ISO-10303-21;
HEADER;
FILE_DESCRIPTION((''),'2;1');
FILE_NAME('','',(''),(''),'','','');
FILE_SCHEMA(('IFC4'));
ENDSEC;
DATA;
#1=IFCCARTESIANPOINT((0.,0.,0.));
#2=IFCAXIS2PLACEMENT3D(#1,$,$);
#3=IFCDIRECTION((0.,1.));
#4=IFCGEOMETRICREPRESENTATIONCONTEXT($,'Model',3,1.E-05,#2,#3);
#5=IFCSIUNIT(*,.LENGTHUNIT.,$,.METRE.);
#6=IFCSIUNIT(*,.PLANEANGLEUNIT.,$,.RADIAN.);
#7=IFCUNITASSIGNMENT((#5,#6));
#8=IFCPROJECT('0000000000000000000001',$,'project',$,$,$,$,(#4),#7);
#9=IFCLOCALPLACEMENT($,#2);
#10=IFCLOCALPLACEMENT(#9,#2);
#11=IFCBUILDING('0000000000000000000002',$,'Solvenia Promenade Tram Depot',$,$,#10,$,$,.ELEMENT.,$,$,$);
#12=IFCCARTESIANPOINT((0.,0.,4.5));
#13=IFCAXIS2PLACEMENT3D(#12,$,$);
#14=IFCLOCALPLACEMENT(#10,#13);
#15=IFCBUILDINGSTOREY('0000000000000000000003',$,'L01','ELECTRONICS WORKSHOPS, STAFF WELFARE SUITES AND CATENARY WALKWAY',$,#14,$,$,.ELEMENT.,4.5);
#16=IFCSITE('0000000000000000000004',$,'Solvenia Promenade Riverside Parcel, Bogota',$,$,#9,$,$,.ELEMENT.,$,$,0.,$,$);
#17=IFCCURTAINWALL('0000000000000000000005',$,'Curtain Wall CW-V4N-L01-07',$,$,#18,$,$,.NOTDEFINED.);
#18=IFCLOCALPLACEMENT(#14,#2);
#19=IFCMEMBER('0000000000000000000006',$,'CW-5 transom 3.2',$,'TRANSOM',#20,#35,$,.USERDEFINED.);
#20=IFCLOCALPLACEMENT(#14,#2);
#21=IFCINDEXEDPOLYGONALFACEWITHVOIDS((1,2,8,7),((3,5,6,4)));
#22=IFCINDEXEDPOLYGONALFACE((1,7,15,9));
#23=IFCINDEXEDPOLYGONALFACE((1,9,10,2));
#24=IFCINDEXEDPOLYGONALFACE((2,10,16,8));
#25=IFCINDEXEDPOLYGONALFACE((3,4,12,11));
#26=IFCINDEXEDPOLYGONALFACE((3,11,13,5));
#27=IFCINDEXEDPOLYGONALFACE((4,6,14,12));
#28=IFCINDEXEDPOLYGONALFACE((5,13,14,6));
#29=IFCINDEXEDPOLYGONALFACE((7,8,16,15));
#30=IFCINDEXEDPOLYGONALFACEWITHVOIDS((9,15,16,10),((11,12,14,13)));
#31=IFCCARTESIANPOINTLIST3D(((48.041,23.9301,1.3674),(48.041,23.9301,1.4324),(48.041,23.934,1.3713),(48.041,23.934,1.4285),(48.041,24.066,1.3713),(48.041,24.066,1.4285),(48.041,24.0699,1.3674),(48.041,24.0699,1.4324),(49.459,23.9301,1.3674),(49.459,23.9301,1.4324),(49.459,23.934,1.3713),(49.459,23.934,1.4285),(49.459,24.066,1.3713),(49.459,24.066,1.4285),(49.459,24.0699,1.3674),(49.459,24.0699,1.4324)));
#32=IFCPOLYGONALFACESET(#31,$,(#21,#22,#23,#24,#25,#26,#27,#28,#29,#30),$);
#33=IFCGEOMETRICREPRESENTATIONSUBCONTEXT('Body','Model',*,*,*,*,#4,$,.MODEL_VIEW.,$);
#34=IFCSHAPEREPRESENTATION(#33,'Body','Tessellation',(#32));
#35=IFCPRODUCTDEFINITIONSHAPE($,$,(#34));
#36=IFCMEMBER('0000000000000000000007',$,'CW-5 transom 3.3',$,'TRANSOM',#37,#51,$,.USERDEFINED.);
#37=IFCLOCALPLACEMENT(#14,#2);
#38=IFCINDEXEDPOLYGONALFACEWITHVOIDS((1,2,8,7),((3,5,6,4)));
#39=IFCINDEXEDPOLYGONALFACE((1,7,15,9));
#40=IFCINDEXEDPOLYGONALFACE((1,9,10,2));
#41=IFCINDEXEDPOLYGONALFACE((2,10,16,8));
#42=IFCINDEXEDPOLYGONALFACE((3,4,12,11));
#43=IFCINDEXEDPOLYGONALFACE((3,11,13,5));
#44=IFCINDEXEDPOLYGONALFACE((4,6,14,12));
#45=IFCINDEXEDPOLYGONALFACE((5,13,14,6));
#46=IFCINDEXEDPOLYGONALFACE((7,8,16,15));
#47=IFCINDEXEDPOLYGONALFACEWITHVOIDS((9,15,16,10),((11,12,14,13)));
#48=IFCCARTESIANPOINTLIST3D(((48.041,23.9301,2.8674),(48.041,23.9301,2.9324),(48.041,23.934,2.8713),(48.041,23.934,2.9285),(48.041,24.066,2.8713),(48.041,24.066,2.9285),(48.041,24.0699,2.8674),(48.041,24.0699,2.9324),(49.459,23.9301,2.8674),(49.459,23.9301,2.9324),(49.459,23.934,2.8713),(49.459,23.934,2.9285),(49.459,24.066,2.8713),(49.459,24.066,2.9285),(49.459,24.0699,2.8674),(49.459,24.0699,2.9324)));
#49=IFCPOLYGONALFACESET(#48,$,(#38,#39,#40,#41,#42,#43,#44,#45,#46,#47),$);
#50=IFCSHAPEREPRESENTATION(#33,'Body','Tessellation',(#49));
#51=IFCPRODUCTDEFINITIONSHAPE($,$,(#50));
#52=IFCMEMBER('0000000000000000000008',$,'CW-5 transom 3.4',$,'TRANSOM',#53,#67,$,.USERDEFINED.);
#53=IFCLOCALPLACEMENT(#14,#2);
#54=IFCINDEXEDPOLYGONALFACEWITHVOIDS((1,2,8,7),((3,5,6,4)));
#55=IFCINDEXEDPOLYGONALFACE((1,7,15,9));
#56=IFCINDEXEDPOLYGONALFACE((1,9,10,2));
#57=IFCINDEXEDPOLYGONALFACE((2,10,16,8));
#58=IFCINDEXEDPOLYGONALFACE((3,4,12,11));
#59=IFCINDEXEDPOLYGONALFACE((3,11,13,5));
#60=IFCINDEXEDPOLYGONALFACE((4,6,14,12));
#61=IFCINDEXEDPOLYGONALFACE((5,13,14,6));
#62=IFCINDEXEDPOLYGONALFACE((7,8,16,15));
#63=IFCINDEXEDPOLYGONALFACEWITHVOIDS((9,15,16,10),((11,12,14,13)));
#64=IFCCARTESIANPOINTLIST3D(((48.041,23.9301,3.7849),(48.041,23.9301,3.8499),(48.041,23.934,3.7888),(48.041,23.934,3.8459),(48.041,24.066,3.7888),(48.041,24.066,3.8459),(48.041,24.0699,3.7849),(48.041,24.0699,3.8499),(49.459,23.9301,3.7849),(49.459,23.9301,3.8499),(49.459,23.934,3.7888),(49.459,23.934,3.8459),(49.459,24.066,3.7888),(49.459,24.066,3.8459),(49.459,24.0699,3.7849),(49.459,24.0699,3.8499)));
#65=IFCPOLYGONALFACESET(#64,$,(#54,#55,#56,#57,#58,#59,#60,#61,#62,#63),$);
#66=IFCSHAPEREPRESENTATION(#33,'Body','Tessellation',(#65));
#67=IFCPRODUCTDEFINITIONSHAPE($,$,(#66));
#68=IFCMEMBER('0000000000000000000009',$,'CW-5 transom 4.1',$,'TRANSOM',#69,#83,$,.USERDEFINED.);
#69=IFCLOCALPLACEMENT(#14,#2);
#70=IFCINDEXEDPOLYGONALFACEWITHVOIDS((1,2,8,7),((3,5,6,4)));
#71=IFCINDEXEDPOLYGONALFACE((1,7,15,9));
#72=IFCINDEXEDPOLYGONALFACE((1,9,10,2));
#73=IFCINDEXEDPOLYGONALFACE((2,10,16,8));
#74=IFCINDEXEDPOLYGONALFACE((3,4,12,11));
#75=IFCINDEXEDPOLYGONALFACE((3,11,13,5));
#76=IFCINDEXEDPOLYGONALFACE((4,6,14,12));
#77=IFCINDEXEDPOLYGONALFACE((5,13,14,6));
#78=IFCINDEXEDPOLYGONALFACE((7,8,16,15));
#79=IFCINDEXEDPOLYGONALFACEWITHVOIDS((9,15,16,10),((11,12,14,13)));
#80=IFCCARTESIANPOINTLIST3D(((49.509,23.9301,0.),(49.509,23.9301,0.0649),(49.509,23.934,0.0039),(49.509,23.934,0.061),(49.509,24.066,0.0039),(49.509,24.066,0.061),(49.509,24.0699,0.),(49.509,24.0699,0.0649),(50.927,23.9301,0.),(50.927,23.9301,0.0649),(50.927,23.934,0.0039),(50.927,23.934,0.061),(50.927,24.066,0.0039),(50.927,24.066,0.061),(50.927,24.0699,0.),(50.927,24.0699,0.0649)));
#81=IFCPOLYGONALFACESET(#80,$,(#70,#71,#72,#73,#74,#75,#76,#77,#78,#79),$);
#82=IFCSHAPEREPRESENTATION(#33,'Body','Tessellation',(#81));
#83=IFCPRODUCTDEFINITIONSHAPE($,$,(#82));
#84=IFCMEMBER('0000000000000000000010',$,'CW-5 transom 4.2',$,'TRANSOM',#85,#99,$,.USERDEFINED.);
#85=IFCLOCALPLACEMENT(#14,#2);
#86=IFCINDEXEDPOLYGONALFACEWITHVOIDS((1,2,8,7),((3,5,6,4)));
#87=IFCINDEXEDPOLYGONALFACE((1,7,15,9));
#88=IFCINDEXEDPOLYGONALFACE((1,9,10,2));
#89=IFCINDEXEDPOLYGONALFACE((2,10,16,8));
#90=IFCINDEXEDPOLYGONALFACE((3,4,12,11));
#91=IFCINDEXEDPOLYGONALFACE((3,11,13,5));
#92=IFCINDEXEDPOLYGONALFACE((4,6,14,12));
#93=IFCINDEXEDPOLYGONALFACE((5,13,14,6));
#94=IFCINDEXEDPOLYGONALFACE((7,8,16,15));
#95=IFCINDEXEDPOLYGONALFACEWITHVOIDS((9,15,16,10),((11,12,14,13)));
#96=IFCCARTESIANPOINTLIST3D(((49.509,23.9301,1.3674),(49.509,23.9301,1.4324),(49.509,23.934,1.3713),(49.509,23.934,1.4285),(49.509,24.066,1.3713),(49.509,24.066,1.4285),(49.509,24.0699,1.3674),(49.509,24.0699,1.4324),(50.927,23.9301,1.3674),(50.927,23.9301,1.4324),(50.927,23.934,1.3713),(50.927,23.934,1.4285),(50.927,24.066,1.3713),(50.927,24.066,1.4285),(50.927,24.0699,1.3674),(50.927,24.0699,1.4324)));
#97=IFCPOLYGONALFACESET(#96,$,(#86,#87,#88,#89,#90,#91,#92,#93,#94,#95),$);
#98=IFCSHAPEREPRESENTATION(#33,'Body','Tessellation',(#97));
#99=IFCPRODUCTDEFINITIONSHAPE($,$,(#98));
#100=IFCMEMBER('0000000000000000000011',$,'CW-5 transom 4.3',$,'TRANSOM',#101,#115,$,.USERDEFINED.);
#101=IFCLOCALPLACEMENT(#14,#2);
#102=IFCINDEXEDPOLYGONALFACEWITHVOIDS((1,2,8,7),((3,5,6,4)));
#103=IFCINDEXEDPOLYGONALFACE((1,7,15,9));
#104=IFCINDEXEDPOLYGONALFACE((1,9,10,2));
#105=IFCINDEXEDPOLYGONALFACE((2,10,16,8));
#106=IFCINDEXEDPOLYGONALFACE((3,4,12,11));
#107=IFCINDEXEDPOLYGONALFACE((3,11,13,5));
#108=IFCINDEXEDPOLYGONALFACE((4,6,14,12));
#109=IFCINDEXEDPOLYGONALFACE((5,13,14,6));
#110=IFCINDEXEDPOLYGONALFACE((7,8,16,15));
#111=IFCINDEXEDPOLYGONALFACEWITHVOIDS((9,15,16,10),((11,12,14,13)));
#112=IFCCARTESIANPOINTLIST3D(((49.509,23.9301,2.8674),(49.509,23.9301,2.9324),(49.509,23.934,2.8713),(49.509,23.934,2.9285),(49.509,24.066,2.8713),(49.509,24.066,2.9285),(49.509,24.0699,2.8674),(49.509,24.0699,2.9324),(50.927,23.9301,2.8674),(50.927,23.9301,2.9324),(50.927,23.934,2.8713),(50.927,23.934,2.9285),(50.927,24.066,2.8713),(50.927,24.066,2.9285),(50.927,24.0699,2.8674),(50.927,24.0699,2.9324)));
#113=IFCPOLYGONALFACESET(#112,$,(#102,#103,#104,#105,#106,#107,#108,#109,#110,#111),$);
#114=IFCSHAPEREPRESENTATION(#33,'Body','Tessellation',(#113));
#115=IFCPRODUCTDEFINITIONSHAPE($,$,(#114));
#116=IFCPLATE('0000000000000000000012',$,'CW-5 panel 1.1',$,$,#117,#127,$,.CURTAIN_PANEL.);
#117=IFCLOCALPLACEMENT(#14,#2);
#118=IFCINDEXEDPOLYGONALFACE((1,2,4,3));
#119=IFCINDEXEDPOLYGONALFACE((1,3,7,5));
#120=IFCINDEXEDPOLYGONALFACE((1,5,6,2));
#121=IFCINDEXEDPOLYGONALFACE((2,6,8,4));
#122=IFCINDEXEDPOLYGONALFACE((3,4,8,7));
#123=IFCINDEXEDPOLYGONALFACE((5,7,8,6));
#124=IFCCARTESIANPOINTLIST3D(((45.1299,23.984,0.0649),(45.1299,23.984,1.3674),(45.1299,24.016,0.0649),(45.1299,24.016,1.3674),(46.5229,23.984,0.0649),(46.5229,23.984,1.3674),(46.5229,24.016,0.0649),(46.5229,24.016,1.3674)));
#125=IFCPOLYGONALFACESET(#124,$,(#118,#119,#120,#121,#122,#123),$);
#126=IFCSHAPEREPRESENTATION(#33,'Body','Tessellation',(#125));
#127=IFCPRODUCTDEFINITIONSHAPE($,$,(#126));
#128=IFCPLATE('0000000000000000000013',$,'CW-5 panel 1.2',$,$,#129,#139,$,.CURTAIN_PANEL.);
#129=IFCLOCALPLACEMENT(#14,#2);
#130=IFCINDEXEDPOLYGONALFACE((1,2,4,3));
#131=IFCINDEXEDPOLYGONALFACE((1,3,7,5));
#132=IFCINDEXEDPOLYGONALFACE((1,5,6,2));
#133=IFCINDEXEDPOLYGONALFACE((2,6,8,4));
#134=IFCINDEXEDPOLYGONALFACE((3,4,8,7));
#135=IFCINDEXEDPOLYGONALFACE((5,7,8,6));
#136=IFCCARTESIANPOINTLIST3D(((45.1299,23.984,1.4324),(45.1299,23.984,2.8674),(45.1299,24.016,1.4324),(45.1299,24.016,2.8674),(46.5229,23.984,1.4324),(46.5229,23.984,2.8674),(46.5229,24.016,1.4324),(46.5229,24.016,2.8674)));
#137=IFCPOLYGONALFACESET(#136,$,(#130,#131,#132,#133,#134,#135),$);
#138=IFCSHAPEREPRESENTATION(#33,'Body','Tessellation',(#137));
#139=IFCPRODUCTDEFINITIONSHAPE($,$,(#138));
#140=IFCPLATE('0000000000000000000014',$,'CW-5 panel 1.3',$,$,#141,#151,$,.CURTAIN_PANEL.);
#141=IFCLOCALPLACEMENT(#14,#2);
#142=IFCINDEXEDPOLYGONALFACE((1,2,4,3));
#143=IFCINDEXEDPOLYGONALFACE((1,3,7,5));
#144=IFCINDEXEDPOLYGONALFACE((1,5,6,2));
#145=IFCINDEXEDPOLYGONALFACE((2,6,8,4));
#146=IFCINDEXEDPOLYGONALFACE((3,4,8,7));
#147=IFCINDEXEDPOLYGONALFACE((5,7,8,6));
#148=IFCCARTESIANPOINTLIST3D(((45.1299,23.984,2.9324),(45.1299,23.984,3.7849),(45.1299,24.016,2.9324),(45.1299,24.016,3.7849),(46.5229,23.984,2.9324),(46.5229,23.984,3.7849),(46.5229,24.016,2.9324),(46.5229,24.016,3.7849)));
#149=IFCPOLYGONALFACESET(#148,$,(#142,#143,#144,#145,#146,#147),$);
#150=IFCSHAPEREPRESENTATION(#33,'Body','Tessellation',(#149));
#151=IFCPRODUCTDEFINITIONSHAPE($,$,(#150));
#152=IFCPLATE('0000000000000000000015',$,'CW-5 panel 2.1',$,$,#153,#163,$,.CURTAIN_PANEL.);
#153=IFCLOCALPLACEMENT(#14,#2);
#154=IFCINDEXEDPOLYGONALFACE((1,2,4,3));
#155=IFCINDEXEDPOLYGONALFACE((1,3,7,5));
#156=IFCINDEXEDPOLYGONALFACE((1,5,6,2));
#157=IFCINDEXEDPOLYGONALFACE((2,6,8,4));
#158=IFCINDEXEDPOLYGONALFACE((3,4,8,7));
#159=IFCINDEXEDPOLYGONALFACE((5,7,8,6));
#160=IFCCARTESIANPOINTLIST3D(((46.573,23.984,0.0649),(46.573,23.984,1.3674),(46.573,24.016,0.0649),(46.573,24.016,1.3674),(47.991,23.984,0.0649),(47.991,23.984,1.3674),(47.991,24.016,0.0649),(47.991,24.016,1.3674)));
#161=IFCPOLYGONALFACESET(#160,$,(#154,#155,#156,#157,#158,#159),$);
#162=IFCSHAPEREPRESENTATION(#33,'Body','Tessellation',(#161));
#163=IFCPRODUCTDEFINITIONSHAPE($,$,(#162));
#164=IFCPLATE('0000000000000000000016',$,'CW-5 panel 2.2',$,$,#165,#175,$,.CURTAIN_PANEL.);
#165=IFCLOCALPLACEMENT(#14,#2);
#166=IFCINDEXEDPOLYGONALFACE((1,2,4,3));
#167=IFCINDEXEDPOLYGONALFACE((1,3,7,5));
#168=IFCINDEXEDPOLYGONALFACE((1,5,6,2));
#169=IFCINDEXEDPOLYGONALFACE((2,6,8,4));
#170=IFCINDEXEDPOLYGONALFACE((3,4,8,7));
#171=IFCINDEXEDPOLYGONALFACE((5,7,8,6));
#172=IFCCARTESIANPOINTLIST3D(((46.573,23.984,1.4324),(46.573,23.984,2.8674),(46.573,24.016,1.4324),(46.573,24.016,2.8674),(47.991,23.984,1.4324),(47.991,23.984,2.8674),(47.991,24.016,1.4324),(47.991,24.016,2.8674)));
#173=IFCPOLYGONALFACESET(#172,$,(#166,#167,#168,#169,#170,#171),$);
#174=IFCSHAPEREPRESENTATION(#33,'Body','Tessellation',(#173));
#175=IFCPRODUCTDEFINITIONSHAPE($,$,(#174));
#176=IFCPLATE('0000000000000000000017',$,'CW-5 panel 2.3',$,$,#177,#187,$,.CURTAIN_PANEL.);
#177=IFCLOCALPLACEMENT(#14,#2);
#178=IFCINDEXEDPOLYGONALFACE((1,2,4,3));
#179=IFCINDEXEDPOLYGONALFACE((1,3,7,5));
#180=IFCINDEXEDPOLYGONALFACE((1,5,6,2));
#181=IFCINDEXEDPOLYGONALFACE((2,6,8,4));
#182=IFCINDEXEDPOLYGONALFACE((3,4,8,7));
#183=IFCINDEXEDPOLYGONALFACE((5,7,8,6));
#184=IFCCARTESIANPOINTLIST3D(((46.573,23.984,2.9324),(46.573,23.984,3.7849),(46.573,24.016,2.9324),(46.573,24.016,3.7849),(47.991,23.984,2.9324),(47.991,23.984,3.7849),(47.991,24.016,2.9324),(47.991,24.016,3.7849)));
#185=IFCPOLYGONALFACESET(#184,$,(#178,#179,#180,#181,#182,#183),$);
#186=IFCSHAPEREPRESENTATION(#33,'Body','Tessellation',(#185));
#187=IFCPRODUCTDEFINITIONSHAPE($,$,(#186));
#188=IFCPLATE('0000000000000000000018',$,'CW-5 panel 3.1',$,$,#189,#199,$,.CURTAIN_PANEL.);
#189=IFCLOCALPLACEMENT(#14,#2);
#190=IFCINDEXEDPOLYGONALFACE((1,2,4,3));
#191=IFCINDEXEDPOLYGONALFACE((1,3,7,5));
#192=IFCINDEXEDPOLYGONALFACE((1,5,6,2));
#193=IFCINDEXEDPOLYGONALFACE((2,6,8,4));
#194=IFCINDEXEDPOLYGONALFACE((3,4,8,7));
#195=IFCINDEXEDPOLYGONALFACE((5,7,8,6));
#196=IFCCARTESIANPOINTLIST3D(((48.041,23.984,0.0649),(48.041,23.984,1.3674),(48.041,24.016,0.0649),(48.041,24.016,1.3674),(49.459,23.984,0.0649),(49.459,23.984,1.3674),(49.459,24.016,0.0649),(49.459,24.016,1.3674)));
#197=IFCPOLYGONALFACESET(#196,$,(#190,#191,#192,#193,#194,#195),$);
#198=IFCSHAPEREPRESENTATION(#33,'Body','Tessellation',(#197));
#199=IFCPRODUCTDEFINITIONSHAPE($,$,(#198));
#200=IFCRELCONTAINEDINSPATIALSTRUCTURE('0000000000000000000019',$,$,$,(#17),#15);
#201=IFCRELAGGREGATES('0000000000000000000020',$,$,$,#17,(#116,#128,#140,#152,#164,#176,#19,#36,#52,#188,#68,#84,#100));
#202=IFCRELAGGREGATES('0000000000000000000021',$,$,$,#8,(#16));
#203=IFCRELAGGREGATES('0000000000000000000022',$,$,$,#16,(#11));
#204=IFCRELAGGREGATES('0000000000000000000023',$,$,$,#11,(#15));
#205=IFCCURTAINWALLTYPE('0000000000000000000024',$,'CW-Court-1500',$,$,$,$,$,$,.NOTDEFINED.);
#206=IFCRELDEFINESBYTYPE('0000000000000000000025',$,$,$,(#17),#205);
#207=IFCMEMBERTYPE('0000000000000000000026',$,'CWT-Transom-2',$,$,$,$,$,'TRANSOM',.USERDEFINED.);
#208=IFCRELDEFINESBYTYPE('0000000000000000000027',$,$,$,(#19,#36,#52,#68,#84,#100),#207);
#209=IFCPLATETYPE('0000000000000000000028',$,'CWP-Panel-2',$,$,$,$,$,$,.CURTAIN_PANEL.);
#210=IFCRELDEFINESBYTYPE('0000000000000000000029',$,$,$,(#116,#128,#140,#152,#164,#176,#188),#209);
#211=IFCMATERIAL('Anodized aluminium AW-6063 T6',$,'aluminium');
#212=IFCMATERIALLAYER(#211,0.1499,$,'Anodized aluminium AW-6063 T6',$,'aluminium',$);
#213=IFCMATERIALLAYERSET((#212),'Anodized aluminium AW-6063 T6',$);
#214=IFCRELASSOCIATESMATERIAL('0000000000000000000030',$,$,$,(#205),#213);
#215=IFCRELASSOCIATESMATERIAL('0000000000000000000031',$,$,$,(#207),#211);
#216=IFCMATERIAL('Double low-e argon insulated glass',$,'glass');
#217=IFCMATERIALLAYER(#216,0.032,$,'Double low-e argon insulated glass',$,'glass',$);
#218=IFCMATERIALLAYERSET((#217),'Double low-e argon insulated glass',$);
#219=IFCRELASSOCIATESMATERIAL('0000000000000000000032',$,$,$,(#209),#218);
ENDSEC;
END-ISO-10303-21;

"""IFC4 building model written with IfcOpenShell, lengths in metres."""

from ifc_helpers import new_model, si_unit, direction, frame, origin, origin_2d, place, context, subcontext, project, spatial, rectangle, hollow_rectangle, extrude, material, layer, layer_set, material_profile, profile_set, type_object, element, aggregate, save


model = new_model("IFC4")

# Units and contexts
model_context = context("Model", 3, precision=1e-05, world=origin(), true_north=direction((0.0, 1.0)))
body_context = subcontext(model_context, "Body", "Model", "MODEL_VIEW")
ifc_project = project(units=[si_unit("LENGTHUNIT", "METRE"), si_unit("PLANEANGLEUNIT", "RADIAN")], contexts=[model_context])

# Site, building, storey
site_placement = place(None, origin())
site = spatial("IfcSite", under=ifc_project, at=site_placement, Name="Solvenia Promenade Riverside Parcel, Bogota", CompositionType="ELEMENT", RefElevation=0.0)
building_placement = place(site_placement, origin())
building = spatial("IfcBuilding", under=site, at=building_placement, Name="Solvenia Promenade Tram Depot", CompositionType="ELEMENT")
storey_placement = place(building_placement, frame((0.0, 0.0, 4.5)))
storey = spatial("IfcBuildingStorey", under=building, at=storey_placement, Name="L01", Description="ELECTRONICS WORKSHOPS, STAFF WELFARE SUITES AND CATENARY WALKWAY", CompositionType="ELEMENT", Elevation=4.5)

# Curtain wall, members, plates
ifc_material_1 = material(Name="Anodized aluminium AW-6063 T6", Category="aluminium")
ifc_layer_1 = layer(ifc_material_1, 0.1499, Name="Anodized aluminium AW-6063 T6", Category="aluminium")
ifc_layer_set_1 = layer_set([ifc_layer_1], Name="Anodized aluminium AW-6063 T6")
curtain_wall_type = type_object("IfcCurtainWallType", Name="CW-Court-1500", PredefinedType="NOTDEFINED", material=ifc_layer_set_1)
curtain_wall_placement = place(storey_placement, origin())
curtain_wall = element("IfcCurtainWall", 1, at=curtain_wall_placement, inside=storey, type_object=curtain_wall_type, Name="Curtain Wall CW-V4N-L01-07", PredefinedType="NOTDEFINED")
ifc_material_profile_1 = material_profile(ifc_material_1, hollow_rectangle(XDim=0.1399, YDim=0.0649, WallThickness=0.0039, at=origin_2d()), Name="ALU-T2", Category="aluminium")
ifc_profile_set_1 = profile_set([ifc_material_profile_1], Name="Anodized aluminium AW-6063 T6")
member_type_1 = type_object("IfcMemberType", Name="CWT-Transom-2", ElementType="TRANSOM", PredefinedType="USERDEFINED", material=ifc_profile_set_1)
member_1_placement = place(storey_placement, frame((48.041, 24.0, 1.3999), z_axis=(1.0, 0.0, 0.0), x_axis=(0.0, 1.0, 0.0)))
member_1 = element("IfcMember", 2, at=member_1_placement, type_object=member_type_1, Name="CW-5 transom 3.2", ObjectType="TRANSOM", PredefinedType="USERDEFINED", context=body_context, shape_type="SweptSolid", body=[
    extrude(hollow_rectangle(XDim=0.1399, YDim=0.0649, WallThickness=0.0039, at=origin_2d()), origin(), (0.0, 0.0, 1.0), 1.418),
])
member_2_placement = place(storey_placement, frame((48.041, 24.0, 2.8999), z_axis=(1.0, 0.0, 0.0), x_axis=(0.0, 1.0, 0.0)))
member_2 = element("IfcMember", 3, at=member_2_placement, type_object=member_type_1, Name="CW-5 transom 3.3", ObjectType="TRANSOM", PredefinedType="USERDEFINED", context=body_context, shape_type="SweptSolid", body=[
    extrude(hollow_rectangle(XDim=0.1399, YDim=0.0649, WallThickness=0.0039, at=origin_2d()), origin(), (0.0, 0.0, 1.0), 1.418),
])
member_3_placement = place(storey_placement, frame((48.041, 24.0, 3.8174), z_axis=(1.0, 0.0, 0.0), x_axis=(0.0, 1.0, 0.0)))
member_3 = element("IfcMember", 4, at=member_3_placement, type_object=member_type_1, Name="CW-5 transom 3.4", ObjectType="TRANSOM", PredefinedType="USERDEFINED", context=body_context, shape_type="SweptSolid", body=[
    extrude(hollow_rectangle(XDim=0.1399, YDim=0.0649, WallThickness=0.0039, at=origin_2d()), origin(), (0.0, 0.0, 1.0), 1.418),
])
member_4_placement = place(storey_placement, frame((49.509, 24.0, 0.0325), z_axis=(1.0, 0.0, 0.0), x_axis=(0.0, 1.0, 0.0)))
member_4 = element("IfcMember", 5, at=member_4_placement, type_object=member_type_1, Name="CW-5 transom 4.1", ObjectType="TRANSOM", PredefinedType="USERDEFINED", context=body_context, shape_type="SweptSolid", body=[
    extrude(hollow_rectangle(XDim=0.1399, YDim=0.0649, WallThickness=0.0039, at=origin_2d()), origin(), (0.0, 0.0, 1.0), 1.418),
])
member_5_placement = place(storey_placement, frame((49.509, 24.0, 1.3999), z_axis=(1.0, 0.0, 0.0), x_axis=(0.0, 1.0, 0.0)))
member_5 = element("IfcMember", 6, at=member_5_placement, type_object=member_type_1, Name="CW-5 transom 4.2", ObjectType="TRANSOM", PredefinedType="USERDEFINED", context=body_context, shape_type="SweptSolid", body=[
    extrude(hollow_rectangle(XDim=0.1399, YDim=0.0649, WallThickness=0.0039, at=origin_2d()), origin(), (0.0, 0.0, 1.0), 1.418),
])
member_6_placement = place(storey_placement, frame((49.509, 24.0, 2.8999), z_axis=(1.0, 0.0, 0.0), x_axis=(0.0, 1.0, 0.0)))
member_6 = element("IfcMember", 7, at=member_6_placement, type_object=member_type_1, Name="CW-5 transom 4.3", ObjectType="TRANSOM", PredefinedType="USERDEFINED", context=body_context, shape_type="SweptSolid", body=[
    extrude(hollow_rectangle(XDim=0.1399, YDim=0.0649, WallThickness=0.0039, at=origin_2d()), origin(), (0.0, 0.0, 1.0), 1.418),
])
ifc_material_2 = material(Name="Double low-e argon insulated glass", Category="glass")
ifc_layer_2 = layer(ifc_material_2, 0.032, Name="Double low-e argon insulated glass", Category="glass")
ifc_layer_set_2 = layer_set([ifc_layer_2], Name="Double low-e argon insulated glass")
plate_type = type_object("IfcPlateType", Name="CWP-Panel-2", PredefinedType="CURTAIN_PANEL", material=ifc_layer_set_2)
plate_1_placement = place(storey_placement, frame((45.8264, 24.0, 0.0649), z_axis=(0.0, 0.0, 1.0), x_axis=(1.0, 0.0, 0.0)))
plate_1 = element("IfcPlate", 8, at=plate_1_placement, type_object=plate_type, Name="CW-5 panel 1.1", PredefinedType="CURTAIN_PANEL", context=body_context, shape_type="SweptSolid", body=[
    extrude(rectangle(XDim=1.3931, YDim=0.032, at=origin_2d()), origin(), (0.0, 0.0, 1.0), 1.3025),
])
plate_2_placement = place(storey_placement, frame((45.8264, 24.0, 1.4324), z_axis=(0.0, 0.0, 1.0), x_axis=(1.0, 0.0, 0.0)))
plate_2 = element("IfcPlate", 9, at=plate_2_placement, type_object=plate_type, Name="CW-5 panel 1.2", PredefinedType="CURTAIN_PANEL", context=body_context, shape_type="SweptSolid", body=[
    extrude(rectangle(XDim=1.3931, YDim=0.032, at=origin_2d()), origin(), (0.0, 0.0, 1.0), 1.4351),
])
plate_3_placement = place(storey_placement, frame((45.8264, 24.0, 2.9324), z_axis=(0.0, 0.0, 1.0), x_axis=(1.0, 0.0, 0.0)))
plate_3 = element("IfcPlate", 10, at=plate_3_placement, type_object=plate_type, Name="CW-5 panel 1.3", PredefinedType="CURTAIN_PANEL", context=body_context, shape_type="SweptSolid", body=[
    extrude(rectangle(XDim=1.3931, YDim=0.032, at=origin_2d()), origin(), (0.0, 0.0, 1.0), 0.8525),
])
plate_4_placement = place(storey_placement, frame((47.282, 24.0, 0.0649), z_axis=(0.0, 0.0, 1.0), x_axis=(1.0, 0.0, 0.0)))
plate_4 = element("IfcPlate", 11, at=plate_4_placement, type_object=plate_type, Name="CW-5 panel 2.1", PredefinedType="CURTAIN_PANEL", context=body_context, shape_type="SweptSolid", body=[
    extrude(rectangle(XDim=1.418, YDim=0.032, at=origin_2d()), origin(), (0.0, 0.0, 1.0), 1.3025),
])
plate_5_placement = place(storey_placement, frame((47.282, 24.0, 1.4324), z_axis=(0.0, 0.0, 1.0), x_axis=(1.0, 0.0, 0.0)))
plate_5 = element("IfcPlate", 12, at=plate_5_placement, type_object=plate_type, Name="CW-5 panel 2.2", PredefinedType="CURTAIN_PANEL", context=body_context, shape_type="SweptSolid", body=[
    extrude(rectangle(XDim=1.418, YDim=0.032, at=origin_2d()), origin(), (0.0, 0.0, 1.0), 1.4351),
])
plate_6_placement = place(storey_placement, frame((47.282, 24.0, 2.9324), z_axis=(0.0, 0.0, 1.0), x_axis=(1.0, 0.0, 0.0)))
plate_6 = element("IfcPlate", 13, at=plate_6_placement, type_object=plate_type, Name="CW-5 panel 2.3", PredefinedType="CURTAIN_PANEL", context=body_context, shape_type="SweptSolid", body=[
    extrude(rectangle(XDim=1.418, YDim=0.032, at=origin_2d()), origin(), (0.0, 0.0, 1.0), 0.8525),
])
plate_7_placement = place(storey_placement, frame((48.75, 24.0, 0.0649), z_axis=(0.0, 0.0, 1.0), x_axis=(1.0, 0.0, 0.0)))
plate_7 = element("IfcPlate", 14, at=plate_7_placement, type_object=plate_type, Name="CW-5 panel 3.1", PredefinedType="CURTAIN_PANEL", context=body_context, shape_type="SweptSolid", body=[
    extrude(rectangle(XDim=1.418, YDim=0.032, at=origin_2d()), origin(), (0.0, 0.0, 1.0), 1.3025),
])
aggregate(curtain_wall, [plate_1, plate_2, plate_3, plate_4, plate_5, plate_6, member_1, member_2, member_3, plate_7, member_4, member_5, member_6])

save(model, "model.ifc")
